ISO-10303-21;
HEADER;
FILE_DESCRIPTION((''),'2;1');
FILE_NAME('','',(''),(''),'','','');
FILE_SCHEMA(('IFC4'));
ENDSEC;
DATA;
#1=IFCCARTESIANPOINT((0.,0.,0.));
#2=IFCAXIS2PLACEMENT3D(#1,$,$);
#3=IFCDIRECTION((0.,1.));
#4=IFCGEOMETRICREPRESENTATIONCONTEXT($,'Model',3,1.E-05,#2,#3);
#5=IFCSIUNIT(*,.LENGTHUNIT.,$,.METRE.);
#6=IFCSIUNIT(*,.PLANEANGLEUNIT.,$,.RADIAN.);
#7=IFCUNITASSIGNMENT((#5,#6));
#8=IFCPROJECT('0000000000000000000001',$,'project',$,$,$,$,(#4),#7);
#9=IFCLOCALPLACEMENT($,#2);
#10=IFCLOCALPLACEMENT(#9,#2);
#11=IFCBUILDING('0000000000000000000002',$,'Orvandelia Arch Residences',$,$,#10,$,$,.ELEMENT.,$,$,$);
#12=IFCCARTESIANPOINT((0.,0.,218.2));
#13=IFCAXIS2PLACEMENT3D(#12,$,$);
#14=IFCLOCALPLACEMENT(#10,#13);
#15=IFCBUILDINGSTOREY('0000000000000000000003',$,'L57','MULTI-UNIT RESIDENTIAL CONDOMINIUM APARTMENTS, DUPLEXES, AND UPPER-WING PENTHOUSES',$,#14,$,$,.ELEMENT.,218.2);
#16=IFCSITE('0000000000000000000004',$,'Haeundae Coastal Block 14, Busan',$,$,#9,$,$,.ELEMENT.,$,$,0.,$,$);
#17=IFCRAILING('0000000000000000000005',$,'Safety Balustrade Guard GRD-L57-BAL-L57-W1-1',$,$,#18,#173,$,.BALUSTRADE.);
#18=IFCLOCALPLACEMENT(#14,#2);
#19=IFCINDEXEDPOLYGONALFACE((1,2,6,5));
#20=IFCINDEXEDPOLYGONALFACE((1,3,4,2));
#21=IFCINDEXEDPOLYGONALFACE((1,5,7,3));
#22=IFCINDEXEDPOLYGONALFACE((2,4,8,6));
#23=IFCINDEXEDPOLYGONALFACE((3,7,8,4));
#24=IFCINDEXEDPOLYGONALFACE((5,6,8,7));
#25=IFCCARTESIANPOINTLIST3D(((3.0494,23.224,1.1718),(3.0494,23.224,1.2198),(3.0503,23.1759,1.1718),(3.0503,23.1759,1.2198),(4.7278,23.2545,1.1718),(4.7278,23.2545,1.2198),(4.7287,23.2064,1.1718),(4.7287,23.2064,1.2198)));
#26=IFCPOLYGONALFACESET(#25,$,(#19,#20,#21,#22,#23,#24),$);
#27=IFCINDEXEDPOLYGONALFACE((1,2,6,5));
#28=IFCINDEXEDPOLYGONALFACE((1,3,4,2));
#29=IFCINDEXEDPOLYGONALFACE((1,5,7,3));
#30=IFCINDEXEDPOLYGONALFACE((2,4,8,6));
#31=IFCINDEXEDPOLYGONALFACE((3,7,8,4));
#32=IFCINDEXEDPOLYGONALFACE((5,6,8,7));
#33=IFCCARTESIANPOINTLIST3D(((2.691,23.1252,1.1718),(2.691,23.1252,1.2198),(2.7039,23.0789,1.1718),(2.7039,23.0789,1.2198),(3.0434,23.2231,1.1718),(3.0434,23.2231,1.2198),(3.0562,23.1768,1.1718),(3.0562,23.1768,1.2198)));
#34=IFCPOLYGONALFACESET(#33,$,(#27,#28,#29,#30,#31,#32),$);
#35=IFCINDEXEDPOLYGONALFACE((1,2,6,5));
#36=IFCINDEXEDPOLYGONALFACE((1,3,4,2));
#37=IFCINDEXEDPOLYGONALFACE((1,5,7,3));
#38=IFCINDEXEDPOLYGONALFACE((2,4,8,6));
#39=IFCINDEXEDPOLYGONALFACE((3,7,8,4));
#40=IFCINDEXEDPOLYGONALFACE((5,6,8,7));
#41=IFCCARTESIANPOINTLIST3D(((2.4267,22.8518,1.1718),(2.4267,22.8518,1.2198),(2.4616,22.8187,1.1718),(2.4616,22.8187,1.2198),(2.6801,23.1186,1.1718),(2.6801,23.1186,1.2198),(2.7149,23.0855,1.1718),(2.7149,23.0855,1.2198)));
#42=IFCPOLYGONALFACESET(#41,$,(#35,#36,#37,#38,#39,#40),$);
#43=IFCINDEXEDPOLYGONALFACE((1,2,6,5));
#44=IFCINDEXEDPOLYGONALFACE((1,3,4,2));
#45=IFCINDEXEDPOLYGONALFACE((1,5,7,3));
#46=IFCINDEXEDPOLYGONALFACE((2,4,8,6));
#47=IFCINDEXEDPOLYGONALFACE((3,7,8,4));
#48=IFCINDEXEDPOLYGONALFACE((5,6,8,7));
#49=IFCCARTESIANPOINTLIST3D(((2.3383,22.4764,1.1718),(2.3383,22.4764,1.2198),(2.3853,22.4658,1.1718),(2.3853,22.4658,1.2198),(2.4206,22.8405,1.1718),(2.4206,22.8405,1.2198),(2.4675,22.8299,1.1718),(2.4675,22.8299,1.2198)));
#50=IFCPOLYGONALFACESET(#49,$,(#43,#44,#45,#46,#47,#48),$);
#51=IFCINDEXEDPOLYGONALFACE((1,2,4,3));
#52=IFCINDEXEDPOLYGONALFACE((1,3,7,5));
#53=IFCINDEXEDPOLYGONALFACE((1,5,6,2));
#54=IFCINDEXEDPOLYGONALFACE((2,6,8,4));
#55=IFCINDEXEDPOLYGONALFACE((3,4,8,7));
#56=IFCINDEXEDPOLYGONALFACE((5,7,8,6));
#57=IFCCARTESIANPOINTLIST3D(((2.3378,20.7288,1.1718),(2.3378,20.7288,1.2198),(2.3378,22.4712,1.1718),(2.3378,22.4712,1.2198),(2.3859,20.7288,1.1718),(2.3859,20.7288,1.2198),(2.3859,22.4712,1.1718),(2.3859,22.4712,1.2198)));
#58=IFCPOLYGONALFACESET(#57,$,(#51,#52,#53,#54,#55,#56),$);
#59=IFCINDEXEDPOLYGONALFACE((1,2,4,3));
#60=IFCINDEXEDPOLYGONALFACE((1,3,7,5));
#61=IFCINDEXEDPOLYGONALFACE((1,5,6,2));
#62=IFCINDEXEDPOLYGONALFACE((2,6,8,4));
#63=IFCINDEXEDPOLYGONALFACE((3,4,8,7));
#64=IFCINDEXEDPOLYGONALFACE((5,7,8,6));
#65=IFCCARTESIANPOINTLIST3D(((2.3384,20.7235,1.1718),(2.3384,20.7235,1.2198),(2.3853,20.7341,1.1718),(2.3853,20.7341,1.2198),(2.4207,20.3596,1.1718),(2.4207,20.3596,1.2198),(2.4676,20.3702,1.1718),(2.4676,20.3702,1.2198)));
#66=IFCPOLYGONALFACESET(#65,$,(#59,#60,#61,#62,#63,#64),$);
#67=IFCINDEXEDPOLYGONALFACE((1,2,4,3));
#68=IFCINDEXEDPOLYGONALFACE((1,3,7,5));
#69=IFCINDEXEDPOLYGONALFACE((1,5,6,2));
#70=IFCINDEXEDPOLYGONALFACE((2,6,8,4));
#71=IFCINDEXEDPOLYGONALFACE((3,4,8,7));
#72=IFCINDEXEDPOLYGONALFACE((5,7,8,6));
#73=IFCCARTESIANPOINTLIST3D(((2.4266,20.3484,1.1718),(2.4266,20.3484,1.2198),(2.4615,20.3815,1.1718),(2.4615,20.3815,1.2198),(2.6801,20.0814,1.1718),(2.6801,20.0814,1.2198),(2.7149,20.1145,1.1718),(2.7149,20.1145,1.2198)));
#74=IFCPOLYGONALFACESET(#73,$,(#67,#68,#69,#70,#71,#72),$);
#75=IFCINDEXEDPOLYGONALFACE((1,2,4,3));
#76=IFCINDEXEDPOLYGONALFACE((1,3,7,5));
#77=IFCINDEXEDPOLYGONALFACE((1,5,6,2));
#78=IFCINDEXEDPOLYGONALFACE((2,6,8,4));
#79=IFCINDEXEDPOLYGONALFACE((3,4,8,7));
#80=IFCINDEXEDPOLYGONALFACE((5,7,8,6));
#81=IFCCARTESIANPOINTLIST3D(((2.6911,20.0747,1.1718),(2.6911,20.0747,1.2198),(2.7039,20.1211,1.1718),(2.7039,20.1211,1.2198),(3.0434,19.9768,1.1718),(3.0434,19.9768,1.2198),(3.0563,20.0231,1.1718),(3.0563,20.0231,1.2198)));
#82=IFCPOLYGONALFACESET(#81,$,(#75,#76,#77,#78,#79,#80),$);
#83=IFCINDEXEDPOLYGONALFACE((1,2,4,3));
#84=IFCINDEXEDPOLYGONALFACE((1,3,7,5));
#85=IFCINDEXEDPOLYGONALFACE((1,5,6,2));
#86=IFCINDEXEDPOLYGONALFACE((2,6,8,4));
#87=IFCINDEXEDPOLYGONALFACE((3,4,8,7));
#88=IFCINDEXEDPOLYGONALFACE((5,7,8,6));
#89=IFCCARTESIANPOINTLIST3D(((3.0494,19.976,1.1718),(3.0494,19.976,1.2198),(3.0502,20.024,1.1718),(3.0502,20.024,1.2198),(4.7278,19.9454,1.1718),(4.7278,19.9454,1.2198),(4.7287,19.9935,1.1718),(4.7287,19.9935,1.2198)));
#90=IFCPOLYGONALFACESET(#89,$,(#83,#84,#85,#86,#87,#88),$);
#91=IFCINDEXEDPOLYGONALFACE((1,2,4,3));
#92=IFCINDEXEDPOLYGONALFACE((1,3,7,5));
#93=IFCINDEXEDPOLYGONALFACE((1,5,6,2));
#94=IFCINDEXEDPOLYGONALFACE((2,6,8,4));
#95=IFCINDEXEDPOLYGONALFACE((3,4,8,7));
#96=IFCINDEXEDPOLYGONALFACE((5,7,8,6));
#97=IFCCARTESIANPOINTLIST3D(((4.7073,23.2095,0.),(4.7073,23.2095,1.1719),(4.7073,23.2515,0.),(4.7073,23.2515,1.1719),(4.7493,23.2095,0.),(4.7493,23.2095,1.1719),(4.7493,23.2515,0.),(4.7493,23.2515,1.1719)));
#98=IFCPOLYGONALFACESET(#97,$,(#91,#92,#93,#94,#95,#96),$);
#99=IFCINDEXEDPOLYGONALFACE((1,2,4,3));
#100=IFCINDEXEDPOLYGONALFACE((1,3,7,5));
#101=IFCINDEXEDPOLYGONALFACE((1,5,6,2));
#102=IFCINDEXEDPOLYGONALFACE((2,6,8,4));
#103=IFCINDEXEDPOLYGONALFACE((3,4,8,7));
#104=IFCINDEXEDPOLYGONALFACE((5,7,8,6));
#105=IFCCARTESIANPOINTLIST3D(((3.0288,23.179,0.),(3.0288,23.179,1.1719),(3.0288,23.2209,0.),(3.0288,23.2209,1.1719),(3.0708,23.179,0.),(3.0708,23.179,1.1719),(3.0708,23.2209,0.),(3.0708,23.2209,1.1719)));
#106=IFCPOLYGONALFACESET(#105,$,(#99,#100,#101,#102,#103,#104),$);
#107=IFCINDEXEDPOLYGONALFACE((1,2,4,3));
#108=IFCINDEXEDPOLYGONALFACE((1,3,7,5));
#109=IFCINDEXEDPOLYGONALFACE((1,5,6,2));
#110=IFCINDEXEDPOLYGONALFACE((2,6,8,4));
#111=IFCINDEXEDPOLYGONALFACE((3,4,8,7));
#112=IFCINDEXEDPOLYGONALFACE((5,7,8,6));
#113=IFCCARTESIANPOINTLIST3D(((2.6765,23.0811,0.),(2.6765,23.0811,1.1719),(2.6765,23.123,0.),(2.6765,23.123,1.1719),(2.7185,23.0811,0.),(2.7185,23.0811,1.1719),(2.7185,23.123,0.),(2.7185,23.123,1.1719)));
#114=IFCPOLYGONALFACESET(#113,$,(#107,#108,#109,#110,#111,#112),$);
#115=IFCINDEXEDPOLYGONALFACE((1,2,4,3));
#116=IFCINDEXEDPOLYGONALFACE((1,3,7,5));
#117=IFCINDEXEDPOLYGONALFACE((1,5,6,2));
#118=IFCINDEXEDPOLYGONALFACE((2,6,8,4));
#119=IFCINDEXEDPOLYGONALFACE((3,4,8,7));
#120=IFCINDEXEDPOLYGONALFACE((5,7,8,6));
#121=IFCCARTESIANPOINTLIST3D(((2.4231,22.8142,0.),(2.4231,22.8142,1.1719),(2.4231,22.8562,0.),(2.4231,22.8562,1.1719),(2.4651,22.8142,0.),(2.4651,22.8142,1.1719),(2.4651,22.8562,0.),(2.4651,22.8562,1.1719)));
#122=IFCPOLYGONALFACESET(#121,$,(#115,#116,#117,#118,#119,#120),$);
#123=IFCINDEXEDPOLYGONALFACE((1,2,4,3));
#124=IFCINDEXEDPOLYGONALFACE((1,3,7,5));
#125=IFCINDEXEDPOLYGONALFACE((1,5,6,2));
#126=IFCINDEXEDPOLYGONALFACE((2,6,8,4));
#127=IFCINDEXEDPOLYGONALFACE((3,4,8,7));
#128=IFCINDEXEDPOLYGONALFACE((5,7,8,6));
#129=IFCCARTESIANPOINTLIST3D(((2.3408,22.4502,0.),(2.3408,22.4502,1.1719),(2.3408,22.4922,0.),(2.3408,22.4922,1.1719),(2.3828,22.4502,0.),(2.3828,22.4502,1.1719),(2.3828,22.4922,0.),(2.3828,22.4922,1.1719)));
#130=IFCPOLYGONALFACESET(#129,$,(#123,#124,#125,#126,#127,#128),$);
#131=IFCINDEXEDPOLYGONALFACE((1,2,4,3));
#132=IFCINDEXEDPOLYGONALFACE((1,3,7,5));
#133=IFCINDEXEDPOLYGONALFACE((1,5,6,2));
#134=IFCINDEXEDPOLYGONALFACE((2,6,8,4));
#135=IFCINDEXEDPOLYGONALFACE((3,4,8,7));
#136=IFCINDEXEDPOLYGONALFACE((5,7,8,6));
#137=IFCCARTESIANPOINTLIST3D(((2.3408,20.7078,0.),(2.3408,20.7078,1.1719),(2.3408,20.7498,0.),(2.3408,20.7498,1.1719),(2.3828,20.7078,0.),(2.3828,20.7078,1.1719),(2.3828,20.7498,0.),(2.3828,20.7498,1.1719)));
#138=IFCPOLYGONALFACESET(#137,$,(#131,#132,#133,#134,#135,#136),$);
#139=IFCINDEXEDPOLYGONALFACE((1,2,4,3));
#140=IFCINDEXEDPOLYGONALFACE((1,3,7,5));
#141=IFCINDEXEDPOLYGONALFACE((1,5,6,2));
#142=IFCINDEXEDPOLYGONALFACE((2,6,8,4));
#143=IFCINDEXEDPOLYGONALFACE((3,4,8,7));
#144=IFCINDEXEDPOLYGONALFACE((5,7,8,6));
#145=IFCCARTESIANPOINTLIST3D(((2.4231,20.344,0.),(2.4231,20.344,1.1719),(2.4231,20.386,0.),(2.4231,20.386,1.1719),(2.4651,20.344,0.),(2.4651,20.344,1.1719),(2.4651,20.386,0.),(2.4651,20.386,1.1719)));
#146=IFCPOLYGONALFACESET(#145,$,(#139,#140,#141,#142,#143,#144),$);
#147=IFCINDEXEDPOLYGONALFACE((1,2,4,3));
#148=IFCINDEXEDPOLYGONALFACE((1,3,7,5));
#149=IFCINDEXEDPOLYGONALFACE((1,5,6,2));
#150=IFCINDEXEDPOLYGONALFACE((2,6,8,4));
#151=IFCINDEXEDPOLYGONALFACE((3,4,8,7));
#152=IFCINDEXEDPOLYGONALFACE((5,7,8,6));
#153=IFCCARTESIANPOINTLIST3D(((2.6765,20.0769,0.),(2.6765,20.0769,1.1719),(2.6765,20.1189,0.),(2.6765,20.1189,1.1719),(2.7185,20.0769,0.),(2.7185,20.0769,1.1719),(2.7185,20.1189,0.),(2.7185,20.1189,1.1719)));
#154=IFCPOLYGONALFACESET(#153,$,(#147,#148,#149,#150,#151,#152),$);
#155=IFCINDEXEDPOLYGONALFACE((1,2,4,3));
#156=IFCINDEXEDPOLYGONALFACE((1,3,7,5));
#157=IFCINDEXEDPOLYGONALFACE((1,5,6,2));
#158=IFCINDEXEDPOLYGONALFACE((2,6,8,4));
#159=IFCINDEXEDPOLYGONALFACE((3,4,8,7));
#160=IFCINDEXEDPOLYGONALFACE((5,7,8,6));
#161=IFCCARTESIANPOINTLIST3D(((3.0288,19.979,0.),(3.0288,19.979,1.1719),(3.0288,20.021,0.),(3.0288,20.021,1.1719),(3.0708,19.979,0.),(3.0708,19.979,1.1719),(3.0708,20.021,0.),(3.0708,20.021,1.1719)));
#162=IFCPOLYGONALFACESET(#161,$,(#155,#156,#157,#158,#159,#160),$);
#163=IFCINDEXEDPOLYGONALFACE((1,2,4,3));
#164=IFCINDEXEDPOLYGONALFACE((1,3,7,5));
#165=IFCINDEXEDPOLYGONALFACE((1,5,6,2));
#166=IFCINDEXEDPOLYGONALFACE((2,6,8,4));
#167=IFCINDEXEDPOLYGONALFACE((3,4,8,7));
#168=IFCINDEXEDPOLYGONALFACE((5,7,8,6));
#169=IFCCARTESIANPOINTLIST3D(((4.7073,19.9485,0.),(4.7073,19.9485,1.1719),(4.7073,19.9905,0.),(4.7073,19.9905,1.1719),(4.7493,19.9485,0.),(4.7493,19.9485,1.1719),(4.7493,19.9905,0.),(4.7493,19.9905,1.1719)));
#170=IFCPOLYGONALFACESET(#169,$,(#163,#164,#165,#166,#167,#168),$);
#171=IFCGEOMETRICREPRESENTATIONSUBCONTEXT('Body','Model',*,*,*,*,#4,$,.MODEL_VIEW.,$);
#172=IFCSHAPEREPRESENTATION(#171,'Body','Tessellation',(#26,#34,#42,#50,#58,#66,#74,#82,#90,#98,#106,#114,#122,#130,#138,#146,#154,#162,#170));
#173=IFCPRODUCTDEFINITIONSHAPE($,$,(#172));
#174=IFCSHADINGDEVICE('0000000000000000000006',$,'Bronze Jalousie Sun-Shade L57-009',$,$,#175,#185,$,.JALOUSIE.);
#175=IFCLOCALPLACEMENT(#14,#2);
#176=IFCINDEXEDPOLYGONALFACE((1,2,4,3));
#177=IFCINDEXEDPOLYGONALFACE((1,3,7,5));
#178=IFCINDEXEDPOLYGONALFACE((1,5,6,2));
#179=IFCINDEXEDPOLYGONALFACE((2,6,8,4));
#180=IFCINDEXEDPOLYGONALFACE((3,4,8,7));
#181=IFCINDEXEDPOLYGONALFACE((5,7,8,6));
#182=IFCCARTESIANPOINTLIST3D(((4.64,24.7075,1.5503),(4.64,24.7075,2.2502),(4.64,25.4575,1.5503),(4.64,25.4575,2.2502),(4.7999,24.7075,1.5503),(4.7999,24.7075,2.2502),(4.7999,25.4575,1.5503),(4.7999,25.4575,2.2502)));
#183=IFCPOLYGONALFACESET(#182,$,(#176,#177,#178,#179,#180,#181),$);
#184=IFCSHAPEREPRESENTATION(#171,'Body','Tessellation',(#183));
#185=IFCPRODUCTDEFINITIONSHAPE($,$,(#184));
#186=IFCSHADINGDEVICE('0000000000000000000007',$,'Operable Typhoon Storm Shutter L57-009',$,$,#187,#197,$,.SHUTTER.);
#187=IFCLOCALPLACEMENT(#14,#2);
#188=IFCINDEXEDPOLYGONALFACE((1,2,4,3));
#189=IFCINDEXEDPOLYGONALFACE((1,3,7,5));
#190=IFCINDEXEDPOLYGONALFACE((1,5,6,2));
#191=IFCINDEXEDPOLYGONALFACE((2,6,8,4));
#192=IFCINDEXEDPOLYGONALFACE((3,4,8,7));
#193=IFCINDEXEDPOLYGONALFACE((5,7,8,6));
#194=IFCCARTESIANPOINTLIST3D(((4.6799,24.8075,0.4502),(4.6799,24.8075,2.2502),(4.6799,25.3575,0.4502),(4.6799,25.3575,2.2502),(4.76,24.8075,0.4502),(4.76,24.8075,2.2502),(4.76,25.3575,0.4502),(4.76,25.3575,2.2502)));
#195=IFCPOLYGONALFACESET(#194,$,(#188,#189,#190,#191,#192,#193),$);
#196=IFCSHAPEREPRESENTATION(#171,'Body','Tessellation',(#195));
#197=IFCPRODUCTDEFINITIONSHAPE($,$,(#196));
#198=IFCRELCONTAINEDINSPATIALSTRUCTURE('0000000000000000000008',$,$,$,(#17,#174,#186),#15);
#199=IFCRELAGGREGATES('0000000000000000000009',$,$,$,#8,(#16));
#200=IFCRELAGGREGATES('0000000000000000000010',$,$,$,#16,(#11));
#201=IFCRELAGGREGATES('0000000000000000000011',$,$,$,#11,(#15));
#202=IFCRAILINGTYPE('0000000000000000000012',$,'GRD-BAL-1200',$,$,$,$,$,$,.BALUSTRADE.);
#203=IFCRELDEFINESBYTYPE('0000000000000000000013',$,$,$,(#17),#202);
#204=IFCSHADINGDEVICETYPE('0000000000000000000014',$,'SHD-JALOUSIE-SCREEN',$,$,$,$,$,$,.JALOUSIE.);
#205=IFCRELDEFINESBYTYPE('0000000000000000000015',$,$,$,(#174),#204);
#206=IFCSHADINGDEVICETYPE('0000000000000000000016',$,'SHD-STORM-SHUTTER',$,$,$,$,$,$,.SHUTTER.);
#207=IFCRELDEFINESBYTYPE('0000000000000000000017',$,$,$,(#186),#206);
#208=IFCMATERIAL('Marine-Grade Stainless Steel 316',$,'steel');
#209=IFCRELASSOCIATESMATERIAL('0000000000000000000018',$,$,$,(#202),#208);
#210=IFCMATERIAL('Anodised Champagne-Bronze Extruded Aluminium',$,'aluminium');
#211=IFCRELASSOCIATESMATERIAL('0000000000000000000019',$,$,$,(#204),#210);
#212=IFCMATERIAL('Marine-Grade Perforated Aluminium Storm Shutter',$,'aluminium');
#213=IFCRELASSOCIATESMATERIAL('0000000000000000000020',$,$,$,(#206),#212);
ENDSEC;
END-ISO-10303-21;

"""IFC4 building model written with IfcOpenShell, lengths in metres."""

from ifc_helpers import new_model, si_unit, direction, frame, origin, origin_2d, place, context, subcontext, project, spatial, rectangle, extrude, material, type_object, element, save


model = new_model("IFC4")

# Units and contexts
model_context = context("Model", 3, precision=1e-05, world=origin(), true_north=direction((0.0, 1.0)))
body_context = subcontext(model_context, "Body", "Model", "MODEL_VIEW")
ifc_project = project(units=[si_unit("LENGTHUNIT", "METRE"), si_unit("PLANEANGLEUNIT", "RADIAN")], contexts=[model_context])

# Site, building, storey
site_placement = place(None, origin())
site = spatial("IfcSite", under=ifc_project, at=site_placement, Name="Haeundae Coastal Block 14, Busan", CompositionType="ELEMENT", RefElevation=0.0)
building_placement = place(site_placement, origin())
building = spatial("IfcBuilding", under=site, at=building_placement, Name="Orvandelia Arch Residences", CompositionType="ELEMENT")
storey_placement = place(building_placement, frame((0.0, 0.0, 218.2)))
storey = spatial("IfcBuildingStorey", under=building, at=storey_placement, Name="L57", Description="MULTI-UNIT RESIDENTIAL CONDOMINIUM APARTMENTS, DUPLEXES, AND UPPER-WING PENTHOUSES", CompositionType="ELEMENT", Elevation=218.2)

# Railing
ifc_material_1 = material(Name="Marine-Grade Stainless Steel 316", Category="steel")
railing_type = type_object("IfcRailingType", Name="GRD-BAL-1200", PredefinedType="BALUSTRADE", material=ifc_material_1)
railing_placement = place(storey_placement, frame((4.7283, 23.2305, 0.0)))
element("IfcRailing", 1, at=railing_placement, inside=storey, type_object=railing_type, Name="Safety Balustrade Guard GRD-L57-BAL-L57-W1-1", PredefinedType="BALUSTRADE", context=body_context, shape_type="SweptSolid", body=[
    extrude(rectangle(XDim=0.0481, YDim=0.0481, at=origin_2d()), frame((0.0, 0.0, 1.1958), z_axis=(-0.999835, -0.018179, 0.0), x_axis=(0.018179, -0.999835, 0.0)), (0.0, 0.0, 1.0), 1.6787),
    extrude(rectangle(XDim=0.0481, YDim=0.0481, at=origin_2d()), frame((-1.6785, -0.0305, 1.1958), z_axis=(-0.963489, -0.267747, 0.0), x_axis=(0.267747, -0.963489, 0.0)), (0.0, 0.0, 1.0), 0.3657),
    extrude(rectangle(XDim=0.0481, YDim=0.0481, at=origin_2d()), frame((-2.0308, -0.1284, 1.1958), z_axis=(-0.688627, -0.725115, 0.0), x_axis=(0.725115, -0.688627, 0.0)), (0.0, 0.0, 1.0), 0.3679),
    extrude(rectangle(XDim=0.0481, YDim=0.0481, at=origin_2d()), frame((-2.2842, -0.3953, 1.1958), z_axis=(-0.220462, -0.975396, 0.0), x_axis=(0.975396, -0.220462, 0.0)), (0.0, 0.0, 1.0), 0.3733),
    extrude(rectangle(XDim=0.0481, YDim=0.0481, at=origin_2d()), frame((-2.3665, -0.7593, 1.1958), z_axis=(0.0, -1.0, 0.0), x_axis=(1.0, 0.0, 0.0)), (0.0, 0.0, 1.0), 1.7424),
    extrude(rectangle(XDim=0.0481, YDim=0.0481, at=origin_2d()), frame((-2.3665, -2.5017, 1.1958), z_axis=(0.220602, -0.975364, 0.0), x_axis=(0.975364, 0.220602, 0.0)), (0.0, 0.0, 1.0), 0.373),
    extrude(rectangle(XDim=0.0481, YDim=0.0481, at=origin_2d()), frame((-2.2842, -2.8655, 1.1958), z_axis=(0.688296, -0.72543, 0.0), x_axis=(0.72543, 0.688296, 0.0)), (0.0, 0.0, 1.0), 0.3682),
    extrude(rectangle(XDim=0.0481, YDim=0.0481, at=origin_2d()), frame((-2.0308, -3.1326, 1.1958), z_axis=(0.963489, -0.267747, 0.0), x_axis=(0.267747, 0.963489, 0.0)), (0.0, 0.0, 1.0), 0.3657),
    extrude(rectangle(XDim=0.0481, YDim=0.0481, at=origin_2d()), frame((-1.6785, -3.2305, 1.1958), z_axis=(0.999835, -0.018179, 0.0), x_axis=(0.018179, 0.999835, 0.0)), (0.0, 0.0, 1.0), 1.6787),
    extrude(rectangle(XDim=0.042, YDim=0.042, at=origin_2d()), origin(), (0.0, 0.0, 1.0), 1.1719),
    extrude(rectangle(XDim=0.042, YDim=0.042, at=origin_2d()), frame((-1.6785, -0.0305, 0.0)), (0.0, 0.0, 1.0), 1.1719),
    extrude(rectangle(XDim=0.042, YDim=0.042, at=origin_2d()), frame((-2.0308, -0.1284, 0.0)), (0.0, 0.0, 1.0), 1.1719),
    extrude(rectangle(XDim=0.042, YDim=0.042, at=origin_2d()), frame((-2.2842, -0.3953, 0.0)), (0.0, 0.0, 1.0), 1.1719),
    extrude(rectangle(XDim=0.042, YDim=0.042, at=origin_2d()), frame((-2.3665, -0.7593, 0.0)), (0.0, 0.0, 1.0), 1.1719),
    extrude(rectangle(XDim=0.042, YDim=0.042, at=origin_2d()), frame((-2.3665, -2.5017, 0.0)), (0.0, 0.0, 1.0), 1.1719),
    extrude(rectangle(XDim=0.042, YDim=0.042, at=origin_2d()), frame((-2.2842, -2.8655, 0.0)), (0.0, 0.0, 1.0), 1.1719),
    extrude(rectangle(XDim=0.042, YDim=0.042, at=origin_2d()), frame((-2.0308, -3.1326, 0.0)), (0.0, 0.0, 1.0), 1.1719),
    extrude(rectangle(XDim=0.042, YDim=0.042, at=origin_2d()), frame((-1.6785, -3.2305, 0.0)), (0.0, 0.0, 1.0), 1.1719),
    extrude(rectangle(XDim=0.042, YDim=0.042, at=origin_2d()), frame((0.0, -3.261, 0.0)), (0.0, 0.0, 1.0), 1.1719),
])

# Shading devices
ifc_material_2 = material(Name="Anodised Champagne-Bronze Extruded Aluminium", Category="aluminium")
shading_device_type_1 = type_object("IfcShadingDeviceType", Name="SHD-JALOUSIE-SCREEN", PredefinedType="JALOUSIE", material=ifc_material_2)
shading_device_1_placement = place(storey_placement, frame((4.72, 25.0825, 1.5503), z_axis=(0.0, 0.0, 1.0), x_axis=(0.0, 1.0, 0.0)))
element("IfcShadingDevice", 2, at=shading_device_1_placement, inside=storey, type_object=shading_device_type_1, Name="Bronze Jalousie Sun-Shade L57-009", PredefinedType="JALOUSIE", context=body_context, shape_type="SweptSolid", body=[
    extrude(rectangle(XDim=0.75, YDim=0.1599, at=origin_2d()), origin(), (0.0, 0.0, 1.0), 0.7),
])
ifc_material_3 = material(Name="Marine-Grade Perforated Aluminium Storm Shutter", Category="aluminium")
shading_device_type_2 = type_object("IfcShadingDeviceType", Name="SHD-STORM-SHUTTER", PredefinedType="SHUTTER", material=ifc_material_3)
shading_device_2_placement = place(storey_placement, frame((4.72, 25.0825, 0.4502), z_axis=(0.0, 0.0, 1.0), x_axis=(0.0, 1.0, 0.0)))
element("IfcShadingDevice", 3, at=shading_device_2_placement, inside=storey, type_object=shading_device_type_2, Name="Operable Typhoon Storm Shutter L57-009", PredefinedType="SHUTTER", context=body_context, shape_type="SweptSolid", body=[
    extrude(rectangle(XDim=0.55, YDim=0.0801, at=origin_2d()), origin(), (0.0, 0.0, 1.0), 1.8),
])

save(model, "model.ifc")
